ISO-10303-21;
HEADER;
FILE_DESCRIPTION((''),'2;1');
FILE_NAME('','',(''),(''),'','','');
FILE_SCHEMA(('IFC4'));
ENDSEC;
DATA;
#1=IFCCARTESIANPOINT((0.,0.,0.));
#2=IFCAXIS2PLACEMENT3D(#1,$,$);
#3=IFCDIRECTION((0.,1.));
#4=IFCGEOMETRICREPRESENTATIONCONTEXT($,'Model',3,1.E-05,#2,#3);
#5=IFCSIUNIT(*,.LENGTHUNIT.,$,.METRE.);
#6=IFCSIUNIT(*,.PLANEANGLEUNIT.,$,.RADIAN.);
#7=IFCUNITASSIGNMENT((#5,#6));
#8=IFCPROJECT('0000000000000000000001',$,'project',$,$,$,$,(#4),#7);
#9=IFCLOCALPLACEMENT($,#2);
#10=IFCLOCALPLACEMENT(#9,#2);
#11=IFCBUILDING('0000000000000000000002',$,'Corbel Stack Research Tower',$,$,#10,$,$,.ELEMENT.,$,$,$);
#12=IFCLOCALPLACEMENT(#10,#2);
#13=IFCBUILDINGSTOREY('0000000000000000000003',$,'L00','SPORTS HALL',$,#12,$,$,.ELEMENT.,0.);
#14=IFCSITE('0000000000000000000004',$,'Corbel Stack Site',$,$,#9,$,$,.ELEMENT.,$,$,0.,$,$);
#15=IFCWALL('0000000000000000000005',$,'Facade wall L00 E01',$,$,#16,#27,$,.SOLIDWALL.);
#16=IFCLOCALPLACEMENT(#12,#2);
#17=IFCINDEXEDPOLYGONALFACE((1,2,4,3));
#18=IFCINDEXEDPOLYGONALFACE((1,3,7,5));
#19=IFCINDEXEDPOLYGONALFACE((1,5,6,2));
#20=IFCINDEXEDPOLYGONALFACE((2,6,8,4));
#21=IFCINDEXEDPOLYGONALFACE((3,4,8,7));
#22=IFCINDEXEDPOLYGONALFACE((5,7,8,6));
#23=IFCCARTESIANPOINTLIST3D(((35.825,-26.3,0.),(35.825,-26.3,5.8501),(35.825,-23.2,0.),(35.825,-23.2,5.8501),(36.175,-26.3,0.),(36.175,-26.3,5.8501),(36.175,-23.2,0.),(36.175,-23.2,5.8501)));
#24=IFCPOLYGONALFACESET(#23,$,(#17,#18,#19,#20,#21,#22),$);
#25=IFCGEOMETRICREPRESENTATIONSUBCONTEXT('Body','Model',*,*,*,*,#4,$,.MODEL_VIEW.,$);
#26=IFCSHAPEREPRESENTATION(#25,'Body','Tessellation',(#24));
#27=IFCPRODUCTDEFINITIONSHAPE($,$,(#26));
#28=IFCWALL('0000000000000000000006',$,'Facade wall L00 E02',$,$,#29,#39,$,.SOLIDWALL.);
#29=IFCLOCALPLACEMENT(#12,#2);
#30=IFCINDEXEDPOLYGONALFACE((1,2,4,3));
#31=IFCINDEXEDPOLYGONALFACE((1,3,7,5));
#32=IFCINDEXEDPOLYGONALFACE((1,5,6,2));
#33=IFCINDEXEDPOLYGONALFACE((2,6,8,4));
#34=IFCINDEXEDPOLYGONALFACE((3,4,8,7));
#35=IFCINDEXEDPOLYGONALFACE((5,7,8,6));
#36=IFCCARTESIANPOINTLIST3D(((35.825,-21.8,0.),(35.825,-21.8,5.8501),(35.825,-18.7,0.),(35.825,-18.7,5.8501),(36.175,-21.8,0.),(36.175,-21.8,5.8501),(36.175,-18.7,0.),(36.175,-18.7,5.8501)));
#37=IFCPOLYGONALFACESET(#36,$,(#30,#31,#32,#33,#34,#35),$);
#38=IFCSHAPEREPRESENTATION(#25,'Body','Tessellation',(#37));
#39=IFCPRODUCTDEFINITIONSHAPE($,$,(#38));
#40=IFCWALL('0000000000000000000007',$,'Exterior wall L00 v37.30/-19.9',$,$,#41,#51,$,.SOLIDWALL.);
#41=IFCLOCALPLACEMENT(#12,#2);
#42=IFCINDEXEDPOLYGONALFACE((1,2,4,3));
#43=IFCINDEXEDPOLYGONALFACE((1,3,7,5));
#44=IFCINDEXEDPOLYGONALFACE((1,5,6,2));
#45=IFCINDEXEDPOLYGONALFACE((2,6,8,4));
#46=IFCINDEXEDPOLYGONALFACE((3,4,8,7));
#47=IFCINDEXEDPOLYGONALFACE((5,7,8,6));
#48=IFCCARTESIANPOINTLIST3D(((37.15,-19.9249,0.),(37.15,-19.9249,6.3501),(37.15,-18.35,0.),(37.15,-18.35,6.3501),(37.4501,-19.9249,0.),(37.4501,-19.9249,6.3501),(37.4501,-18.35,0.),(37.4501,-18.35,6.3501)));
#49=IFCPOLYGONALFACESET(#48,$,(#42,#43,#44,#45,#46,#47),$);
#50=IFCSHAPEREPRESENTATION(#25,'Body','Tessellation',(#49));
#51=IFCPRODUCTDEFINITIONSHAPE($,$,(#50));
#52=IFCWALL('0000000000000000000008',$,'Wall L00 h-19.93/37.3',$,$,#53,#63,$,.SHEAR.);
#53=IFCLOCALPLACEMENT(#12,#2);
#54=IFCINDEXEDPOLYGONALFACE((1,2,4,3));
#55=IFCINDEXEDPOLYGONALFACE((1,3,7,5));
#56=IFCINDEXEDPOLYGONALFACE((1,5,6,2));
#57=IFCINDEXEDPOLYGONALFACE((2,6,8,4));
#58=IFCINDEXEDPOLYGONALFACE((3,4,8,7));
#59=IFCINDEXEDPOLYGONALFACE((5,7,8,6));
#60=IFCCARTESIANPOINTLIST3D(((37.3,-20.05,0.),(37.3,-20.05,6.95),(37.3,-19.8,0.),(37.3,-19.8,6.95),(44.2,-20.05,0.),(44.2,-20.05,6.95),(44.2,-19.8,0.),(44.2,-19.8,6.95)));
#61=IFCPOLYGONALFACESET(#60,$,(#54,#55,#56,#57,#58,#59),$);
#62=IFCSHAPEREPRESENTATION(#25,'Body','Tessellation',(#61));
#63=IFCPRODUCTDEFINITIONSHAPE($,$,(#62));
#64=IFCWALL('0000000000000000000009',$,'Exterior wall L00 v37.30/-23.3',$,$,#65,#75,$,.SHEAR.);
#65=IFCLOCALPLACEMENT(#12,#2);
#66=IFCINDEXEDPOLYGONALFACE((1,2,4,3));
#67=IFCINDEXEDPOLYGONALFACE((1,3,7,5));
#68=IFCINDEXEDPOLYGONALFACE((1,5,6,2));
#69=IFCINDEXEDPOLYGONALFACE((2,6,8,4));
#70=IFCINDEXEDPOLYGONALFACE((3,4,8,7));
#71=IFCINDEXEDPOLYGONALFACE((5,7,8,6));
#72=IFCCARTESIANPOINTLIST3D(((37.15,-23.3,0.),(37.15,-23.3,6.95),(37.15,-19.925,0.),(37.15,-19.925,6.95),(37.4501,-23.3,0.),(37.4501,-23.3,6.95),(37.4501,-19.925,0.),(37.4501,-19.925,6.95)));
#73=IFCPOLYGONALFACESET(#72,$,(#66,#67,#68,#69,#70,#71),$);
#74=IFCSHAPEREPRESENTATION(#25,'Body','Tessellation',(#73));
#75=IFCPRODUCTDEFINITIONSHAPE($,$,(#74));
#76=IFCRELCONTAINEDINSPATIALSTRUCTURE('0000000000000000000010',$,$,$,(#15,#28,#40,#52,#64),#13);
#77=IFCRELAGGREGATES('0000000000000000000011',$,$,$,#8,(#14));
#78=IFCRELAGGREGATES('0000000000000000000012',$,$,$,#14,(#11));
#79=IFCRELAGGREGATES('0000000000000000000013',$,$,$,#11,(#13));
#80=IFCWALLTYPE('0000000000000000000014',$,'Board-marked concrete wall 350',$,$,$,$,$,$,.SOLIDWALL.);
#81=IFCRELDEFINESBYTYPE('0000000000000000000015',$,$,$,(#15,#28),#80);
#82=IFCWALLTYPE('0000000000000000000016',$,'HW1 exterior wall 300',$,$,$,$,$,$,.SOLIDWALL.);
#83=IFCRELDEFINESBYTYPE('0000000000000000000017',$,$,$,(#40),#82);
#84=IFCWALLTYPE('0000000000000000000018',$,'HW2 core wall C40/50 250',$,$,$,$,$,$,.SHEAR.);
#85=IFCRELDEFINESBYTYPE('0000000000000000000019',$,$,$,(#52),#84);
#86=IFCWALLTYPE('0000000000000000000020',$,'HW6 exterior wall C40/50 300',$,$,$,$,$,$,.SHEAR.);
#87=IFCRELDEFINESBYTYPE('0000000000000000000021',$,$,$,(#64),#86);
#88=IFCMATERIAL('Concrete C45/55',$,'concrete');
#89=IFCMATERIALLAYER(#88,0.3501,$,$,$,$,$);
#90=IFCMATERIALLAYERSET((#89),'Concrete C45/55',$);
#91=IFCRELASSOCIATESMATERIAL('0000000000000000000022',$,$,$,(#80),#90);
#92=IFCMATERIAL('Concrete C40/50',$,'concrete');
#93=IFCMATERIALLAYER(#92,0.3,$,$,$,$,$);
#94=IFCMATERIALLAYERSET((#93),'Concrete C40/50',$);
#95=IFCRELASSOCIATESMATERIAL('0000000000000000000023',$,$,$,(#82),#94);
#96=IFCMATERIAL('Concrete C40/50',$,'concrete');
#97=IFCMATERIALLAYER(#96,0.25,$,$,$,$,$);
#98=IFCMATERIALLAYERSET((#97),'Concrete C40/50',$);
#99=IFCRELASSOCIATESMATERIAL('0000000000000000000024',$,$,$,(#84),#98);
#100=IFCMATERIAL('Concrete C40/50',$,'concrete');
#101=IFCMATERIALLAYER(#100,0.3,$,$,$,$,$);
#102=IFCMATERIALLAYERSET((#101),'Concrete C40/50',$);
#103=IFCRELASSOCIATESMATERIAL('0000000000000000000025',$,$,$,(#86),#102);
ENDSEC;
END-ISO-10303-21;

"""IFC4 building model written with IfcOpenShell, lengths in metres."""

from ifc_helpers import new_model, si_unit, direction, frame, frame_2d, origin, place, context, subcontext, project, spatial, rectangle, extrude, material, layer, layer_set, type_object, element, save


model = new_model("IFC4")

# Units and contexts
model_context = context("Model", 3, precision=1e-05, world=origin(), true_north=direction((0.0, 1.0)))
body_context = subcontext(model_context, "Body", "Model", "MODEL_VIEW")
ifc_project = project(units=[si_unit("LENGTHUNIT", "METRE"), si_unit("PLANEANGLEUNIT", "RADIAN")], contexts=[model_context])

# Site, building, storey
site_placement = place(None, origin())
site = spatial("IfcSite", under=ifc_project, at=site_placement, Name="Corbel Stack Site", CompositionType="ELEMENT", RefElevation=0.0)
building_placement = place(site_placement, origin())
building = spatial("IfcBuilding", under=site, at=building_placement, Name="Corbel Stack Research Tower", CompositionType="ELEMENT")
storey_placement = place(building_placement, origin())
storey = spatial("IfcBuildingStorey", under=building, at=storey_placement, Name="L00", Description="SPORTS HALL", CompositionType="ELEMENT", Elevation=0.0)

# Shared definitions
ifc_material_1 = material(Name="Concrete C45/55", Category="concrete")
ifc_layer_1 = layer(ifc_material_1, 0.3501)
ifc_layer_set_1 = layer_set([ifc_layer_1], Name="Concrete C45/55")
wall_type_1 = type_object("IfcWallType", Name="Board-marked concrete wall 350", PredefinedType="SOLIDWALL", material=ifc_layer_set_1)

# Walls
for number, where, z_axis, x_axis, name in (
    (1, (36.0, -23.2, 0.0), (0.0, 0.0, 1.0), (0.0, -1.0, 0.0), "Facade wall L00 E01"),
    (2, (36.0, -18.7, 0.0), (0.0, 0.0, 1.0), (0.0, -1.0, 0.0), "Facade wall L00 E02"),
):
    element("IfcWall", number, at=place(storey_placement, frame(where, z_axis=z_axis, x_axis=x_axis)), inside=storey, type_object=wall_type_1, Name=name, PredefinedType="SOLIDWALL", context=body_context, shape_type="SweptSolid", body=[
        extrude(rectangle(XDim=3.1001, YDim=0.3501, at=frame_2d((1.55, 0.0))), origin(), (0.0, 0.0, 1.0), 5.8501),
    ])
ifc_material_2 = material(Name="Concrete C40/50", Category="concrete")
ifc_layer_2 = layer(ifc_material_2, 0.3)
ifc_layer_set_2 = layer_set([ifc_layer_2], Name="Concrete C40/50")
wall_type_2 = type_object("IfcWallType", Name="HW1 exterior wall 300", PredefinedType="SOLIDWALL", material=ifc_layer_set_2)
wall_1_placement = place(storey_placement, frame((37.3, -19.925, 0.0), z_axis=(0.0, 0.0, 1.0), x_axis=(0.0, 1.0, 0.0)))
element("IfcWall", 3, at=wall_1_placement, inside=storey, type_object=wall_type_2, Name="Exterior wall L00 v37.30/-19.9", PredefinedType="SOLIDWALL", context=body_context, shape_type="SweptSolid", body=[
    extrude(rectangle(XDim=1.575, YDim=0.3, at=frame_2d((0.7876, 0.0))), origin(), (0.0, 0.0, 1.0), 6.3501),
])
ifc_material_3 = material(Name="Concrete C40/50", Category="concrete")
ifc_layer_3 = layer(ifc_material_3, 0.25)
ifc_layer_set_3 = layer_set([ifc_layer_3], Name="Concrete C40/50")
wall_type_3 = type_object("IfcWallType", Name="HW2 core wall C40/50 250", PredefinedType="SHEAR", material=ifc_layer_set_3)
wall_2_placement = place(storey_placement, frame((37.3, -19.925, 0.0), z_axis=(0.0, 0.0, 1.0), x_axis=(1.0, 0.0, 0.0)))
element("IfcWall", 4, at=wall_2_placement, inside=storey, type_object=wall_type_3, Name="Wall L00 h-19.93/37.3", PredefinedType="SHEAR", context=body_context, shape_type="SweptSolid", body=[
    extrude(rectangle(XDim=6.8999, YDim=0.25, at=frame_2d((3.45, 0.0))), origin(), (0.0, 0.0, 1.0), 6.95),
])
ifc_material_4 = material(Name="Concrete C40/50", Category="concrete")
ifc_layer_4 = layer(ifc_material_4, 0.3)
ifc_layer_set_4 = layer_set([ifc_layer_4], Name="Concrete C40/50")
wall_type_4 = type_object("IfcWallType", Name="HW6 exterior wall C40/50 300", PredefinedType="SHEAR", material=ifc_layer_set_4)
wall_3_placement = place(storey_placement, frame((37.3, -23.3, 0.0), z_axis=(0.0, 0.0, 1.0), x_axis=(0.0, 1.0, 0.0)))
element("IfcWall", 5, at=wall_3_placement, inside=storey, type_object=wall_type_4, Name="Exterior wall L00 v37.30/-23.3", PredefinedType="SHEAR", context=body_context, shape_type="SweptSolid", body=[
    extrude(rectangle(XDim=3.375, YDim=0.3, at=frame_2d((1.6875, 0.0))), origin(), (0.0, 0.0, 1.0), 6.95),
])

save(model, "model.ifc")
